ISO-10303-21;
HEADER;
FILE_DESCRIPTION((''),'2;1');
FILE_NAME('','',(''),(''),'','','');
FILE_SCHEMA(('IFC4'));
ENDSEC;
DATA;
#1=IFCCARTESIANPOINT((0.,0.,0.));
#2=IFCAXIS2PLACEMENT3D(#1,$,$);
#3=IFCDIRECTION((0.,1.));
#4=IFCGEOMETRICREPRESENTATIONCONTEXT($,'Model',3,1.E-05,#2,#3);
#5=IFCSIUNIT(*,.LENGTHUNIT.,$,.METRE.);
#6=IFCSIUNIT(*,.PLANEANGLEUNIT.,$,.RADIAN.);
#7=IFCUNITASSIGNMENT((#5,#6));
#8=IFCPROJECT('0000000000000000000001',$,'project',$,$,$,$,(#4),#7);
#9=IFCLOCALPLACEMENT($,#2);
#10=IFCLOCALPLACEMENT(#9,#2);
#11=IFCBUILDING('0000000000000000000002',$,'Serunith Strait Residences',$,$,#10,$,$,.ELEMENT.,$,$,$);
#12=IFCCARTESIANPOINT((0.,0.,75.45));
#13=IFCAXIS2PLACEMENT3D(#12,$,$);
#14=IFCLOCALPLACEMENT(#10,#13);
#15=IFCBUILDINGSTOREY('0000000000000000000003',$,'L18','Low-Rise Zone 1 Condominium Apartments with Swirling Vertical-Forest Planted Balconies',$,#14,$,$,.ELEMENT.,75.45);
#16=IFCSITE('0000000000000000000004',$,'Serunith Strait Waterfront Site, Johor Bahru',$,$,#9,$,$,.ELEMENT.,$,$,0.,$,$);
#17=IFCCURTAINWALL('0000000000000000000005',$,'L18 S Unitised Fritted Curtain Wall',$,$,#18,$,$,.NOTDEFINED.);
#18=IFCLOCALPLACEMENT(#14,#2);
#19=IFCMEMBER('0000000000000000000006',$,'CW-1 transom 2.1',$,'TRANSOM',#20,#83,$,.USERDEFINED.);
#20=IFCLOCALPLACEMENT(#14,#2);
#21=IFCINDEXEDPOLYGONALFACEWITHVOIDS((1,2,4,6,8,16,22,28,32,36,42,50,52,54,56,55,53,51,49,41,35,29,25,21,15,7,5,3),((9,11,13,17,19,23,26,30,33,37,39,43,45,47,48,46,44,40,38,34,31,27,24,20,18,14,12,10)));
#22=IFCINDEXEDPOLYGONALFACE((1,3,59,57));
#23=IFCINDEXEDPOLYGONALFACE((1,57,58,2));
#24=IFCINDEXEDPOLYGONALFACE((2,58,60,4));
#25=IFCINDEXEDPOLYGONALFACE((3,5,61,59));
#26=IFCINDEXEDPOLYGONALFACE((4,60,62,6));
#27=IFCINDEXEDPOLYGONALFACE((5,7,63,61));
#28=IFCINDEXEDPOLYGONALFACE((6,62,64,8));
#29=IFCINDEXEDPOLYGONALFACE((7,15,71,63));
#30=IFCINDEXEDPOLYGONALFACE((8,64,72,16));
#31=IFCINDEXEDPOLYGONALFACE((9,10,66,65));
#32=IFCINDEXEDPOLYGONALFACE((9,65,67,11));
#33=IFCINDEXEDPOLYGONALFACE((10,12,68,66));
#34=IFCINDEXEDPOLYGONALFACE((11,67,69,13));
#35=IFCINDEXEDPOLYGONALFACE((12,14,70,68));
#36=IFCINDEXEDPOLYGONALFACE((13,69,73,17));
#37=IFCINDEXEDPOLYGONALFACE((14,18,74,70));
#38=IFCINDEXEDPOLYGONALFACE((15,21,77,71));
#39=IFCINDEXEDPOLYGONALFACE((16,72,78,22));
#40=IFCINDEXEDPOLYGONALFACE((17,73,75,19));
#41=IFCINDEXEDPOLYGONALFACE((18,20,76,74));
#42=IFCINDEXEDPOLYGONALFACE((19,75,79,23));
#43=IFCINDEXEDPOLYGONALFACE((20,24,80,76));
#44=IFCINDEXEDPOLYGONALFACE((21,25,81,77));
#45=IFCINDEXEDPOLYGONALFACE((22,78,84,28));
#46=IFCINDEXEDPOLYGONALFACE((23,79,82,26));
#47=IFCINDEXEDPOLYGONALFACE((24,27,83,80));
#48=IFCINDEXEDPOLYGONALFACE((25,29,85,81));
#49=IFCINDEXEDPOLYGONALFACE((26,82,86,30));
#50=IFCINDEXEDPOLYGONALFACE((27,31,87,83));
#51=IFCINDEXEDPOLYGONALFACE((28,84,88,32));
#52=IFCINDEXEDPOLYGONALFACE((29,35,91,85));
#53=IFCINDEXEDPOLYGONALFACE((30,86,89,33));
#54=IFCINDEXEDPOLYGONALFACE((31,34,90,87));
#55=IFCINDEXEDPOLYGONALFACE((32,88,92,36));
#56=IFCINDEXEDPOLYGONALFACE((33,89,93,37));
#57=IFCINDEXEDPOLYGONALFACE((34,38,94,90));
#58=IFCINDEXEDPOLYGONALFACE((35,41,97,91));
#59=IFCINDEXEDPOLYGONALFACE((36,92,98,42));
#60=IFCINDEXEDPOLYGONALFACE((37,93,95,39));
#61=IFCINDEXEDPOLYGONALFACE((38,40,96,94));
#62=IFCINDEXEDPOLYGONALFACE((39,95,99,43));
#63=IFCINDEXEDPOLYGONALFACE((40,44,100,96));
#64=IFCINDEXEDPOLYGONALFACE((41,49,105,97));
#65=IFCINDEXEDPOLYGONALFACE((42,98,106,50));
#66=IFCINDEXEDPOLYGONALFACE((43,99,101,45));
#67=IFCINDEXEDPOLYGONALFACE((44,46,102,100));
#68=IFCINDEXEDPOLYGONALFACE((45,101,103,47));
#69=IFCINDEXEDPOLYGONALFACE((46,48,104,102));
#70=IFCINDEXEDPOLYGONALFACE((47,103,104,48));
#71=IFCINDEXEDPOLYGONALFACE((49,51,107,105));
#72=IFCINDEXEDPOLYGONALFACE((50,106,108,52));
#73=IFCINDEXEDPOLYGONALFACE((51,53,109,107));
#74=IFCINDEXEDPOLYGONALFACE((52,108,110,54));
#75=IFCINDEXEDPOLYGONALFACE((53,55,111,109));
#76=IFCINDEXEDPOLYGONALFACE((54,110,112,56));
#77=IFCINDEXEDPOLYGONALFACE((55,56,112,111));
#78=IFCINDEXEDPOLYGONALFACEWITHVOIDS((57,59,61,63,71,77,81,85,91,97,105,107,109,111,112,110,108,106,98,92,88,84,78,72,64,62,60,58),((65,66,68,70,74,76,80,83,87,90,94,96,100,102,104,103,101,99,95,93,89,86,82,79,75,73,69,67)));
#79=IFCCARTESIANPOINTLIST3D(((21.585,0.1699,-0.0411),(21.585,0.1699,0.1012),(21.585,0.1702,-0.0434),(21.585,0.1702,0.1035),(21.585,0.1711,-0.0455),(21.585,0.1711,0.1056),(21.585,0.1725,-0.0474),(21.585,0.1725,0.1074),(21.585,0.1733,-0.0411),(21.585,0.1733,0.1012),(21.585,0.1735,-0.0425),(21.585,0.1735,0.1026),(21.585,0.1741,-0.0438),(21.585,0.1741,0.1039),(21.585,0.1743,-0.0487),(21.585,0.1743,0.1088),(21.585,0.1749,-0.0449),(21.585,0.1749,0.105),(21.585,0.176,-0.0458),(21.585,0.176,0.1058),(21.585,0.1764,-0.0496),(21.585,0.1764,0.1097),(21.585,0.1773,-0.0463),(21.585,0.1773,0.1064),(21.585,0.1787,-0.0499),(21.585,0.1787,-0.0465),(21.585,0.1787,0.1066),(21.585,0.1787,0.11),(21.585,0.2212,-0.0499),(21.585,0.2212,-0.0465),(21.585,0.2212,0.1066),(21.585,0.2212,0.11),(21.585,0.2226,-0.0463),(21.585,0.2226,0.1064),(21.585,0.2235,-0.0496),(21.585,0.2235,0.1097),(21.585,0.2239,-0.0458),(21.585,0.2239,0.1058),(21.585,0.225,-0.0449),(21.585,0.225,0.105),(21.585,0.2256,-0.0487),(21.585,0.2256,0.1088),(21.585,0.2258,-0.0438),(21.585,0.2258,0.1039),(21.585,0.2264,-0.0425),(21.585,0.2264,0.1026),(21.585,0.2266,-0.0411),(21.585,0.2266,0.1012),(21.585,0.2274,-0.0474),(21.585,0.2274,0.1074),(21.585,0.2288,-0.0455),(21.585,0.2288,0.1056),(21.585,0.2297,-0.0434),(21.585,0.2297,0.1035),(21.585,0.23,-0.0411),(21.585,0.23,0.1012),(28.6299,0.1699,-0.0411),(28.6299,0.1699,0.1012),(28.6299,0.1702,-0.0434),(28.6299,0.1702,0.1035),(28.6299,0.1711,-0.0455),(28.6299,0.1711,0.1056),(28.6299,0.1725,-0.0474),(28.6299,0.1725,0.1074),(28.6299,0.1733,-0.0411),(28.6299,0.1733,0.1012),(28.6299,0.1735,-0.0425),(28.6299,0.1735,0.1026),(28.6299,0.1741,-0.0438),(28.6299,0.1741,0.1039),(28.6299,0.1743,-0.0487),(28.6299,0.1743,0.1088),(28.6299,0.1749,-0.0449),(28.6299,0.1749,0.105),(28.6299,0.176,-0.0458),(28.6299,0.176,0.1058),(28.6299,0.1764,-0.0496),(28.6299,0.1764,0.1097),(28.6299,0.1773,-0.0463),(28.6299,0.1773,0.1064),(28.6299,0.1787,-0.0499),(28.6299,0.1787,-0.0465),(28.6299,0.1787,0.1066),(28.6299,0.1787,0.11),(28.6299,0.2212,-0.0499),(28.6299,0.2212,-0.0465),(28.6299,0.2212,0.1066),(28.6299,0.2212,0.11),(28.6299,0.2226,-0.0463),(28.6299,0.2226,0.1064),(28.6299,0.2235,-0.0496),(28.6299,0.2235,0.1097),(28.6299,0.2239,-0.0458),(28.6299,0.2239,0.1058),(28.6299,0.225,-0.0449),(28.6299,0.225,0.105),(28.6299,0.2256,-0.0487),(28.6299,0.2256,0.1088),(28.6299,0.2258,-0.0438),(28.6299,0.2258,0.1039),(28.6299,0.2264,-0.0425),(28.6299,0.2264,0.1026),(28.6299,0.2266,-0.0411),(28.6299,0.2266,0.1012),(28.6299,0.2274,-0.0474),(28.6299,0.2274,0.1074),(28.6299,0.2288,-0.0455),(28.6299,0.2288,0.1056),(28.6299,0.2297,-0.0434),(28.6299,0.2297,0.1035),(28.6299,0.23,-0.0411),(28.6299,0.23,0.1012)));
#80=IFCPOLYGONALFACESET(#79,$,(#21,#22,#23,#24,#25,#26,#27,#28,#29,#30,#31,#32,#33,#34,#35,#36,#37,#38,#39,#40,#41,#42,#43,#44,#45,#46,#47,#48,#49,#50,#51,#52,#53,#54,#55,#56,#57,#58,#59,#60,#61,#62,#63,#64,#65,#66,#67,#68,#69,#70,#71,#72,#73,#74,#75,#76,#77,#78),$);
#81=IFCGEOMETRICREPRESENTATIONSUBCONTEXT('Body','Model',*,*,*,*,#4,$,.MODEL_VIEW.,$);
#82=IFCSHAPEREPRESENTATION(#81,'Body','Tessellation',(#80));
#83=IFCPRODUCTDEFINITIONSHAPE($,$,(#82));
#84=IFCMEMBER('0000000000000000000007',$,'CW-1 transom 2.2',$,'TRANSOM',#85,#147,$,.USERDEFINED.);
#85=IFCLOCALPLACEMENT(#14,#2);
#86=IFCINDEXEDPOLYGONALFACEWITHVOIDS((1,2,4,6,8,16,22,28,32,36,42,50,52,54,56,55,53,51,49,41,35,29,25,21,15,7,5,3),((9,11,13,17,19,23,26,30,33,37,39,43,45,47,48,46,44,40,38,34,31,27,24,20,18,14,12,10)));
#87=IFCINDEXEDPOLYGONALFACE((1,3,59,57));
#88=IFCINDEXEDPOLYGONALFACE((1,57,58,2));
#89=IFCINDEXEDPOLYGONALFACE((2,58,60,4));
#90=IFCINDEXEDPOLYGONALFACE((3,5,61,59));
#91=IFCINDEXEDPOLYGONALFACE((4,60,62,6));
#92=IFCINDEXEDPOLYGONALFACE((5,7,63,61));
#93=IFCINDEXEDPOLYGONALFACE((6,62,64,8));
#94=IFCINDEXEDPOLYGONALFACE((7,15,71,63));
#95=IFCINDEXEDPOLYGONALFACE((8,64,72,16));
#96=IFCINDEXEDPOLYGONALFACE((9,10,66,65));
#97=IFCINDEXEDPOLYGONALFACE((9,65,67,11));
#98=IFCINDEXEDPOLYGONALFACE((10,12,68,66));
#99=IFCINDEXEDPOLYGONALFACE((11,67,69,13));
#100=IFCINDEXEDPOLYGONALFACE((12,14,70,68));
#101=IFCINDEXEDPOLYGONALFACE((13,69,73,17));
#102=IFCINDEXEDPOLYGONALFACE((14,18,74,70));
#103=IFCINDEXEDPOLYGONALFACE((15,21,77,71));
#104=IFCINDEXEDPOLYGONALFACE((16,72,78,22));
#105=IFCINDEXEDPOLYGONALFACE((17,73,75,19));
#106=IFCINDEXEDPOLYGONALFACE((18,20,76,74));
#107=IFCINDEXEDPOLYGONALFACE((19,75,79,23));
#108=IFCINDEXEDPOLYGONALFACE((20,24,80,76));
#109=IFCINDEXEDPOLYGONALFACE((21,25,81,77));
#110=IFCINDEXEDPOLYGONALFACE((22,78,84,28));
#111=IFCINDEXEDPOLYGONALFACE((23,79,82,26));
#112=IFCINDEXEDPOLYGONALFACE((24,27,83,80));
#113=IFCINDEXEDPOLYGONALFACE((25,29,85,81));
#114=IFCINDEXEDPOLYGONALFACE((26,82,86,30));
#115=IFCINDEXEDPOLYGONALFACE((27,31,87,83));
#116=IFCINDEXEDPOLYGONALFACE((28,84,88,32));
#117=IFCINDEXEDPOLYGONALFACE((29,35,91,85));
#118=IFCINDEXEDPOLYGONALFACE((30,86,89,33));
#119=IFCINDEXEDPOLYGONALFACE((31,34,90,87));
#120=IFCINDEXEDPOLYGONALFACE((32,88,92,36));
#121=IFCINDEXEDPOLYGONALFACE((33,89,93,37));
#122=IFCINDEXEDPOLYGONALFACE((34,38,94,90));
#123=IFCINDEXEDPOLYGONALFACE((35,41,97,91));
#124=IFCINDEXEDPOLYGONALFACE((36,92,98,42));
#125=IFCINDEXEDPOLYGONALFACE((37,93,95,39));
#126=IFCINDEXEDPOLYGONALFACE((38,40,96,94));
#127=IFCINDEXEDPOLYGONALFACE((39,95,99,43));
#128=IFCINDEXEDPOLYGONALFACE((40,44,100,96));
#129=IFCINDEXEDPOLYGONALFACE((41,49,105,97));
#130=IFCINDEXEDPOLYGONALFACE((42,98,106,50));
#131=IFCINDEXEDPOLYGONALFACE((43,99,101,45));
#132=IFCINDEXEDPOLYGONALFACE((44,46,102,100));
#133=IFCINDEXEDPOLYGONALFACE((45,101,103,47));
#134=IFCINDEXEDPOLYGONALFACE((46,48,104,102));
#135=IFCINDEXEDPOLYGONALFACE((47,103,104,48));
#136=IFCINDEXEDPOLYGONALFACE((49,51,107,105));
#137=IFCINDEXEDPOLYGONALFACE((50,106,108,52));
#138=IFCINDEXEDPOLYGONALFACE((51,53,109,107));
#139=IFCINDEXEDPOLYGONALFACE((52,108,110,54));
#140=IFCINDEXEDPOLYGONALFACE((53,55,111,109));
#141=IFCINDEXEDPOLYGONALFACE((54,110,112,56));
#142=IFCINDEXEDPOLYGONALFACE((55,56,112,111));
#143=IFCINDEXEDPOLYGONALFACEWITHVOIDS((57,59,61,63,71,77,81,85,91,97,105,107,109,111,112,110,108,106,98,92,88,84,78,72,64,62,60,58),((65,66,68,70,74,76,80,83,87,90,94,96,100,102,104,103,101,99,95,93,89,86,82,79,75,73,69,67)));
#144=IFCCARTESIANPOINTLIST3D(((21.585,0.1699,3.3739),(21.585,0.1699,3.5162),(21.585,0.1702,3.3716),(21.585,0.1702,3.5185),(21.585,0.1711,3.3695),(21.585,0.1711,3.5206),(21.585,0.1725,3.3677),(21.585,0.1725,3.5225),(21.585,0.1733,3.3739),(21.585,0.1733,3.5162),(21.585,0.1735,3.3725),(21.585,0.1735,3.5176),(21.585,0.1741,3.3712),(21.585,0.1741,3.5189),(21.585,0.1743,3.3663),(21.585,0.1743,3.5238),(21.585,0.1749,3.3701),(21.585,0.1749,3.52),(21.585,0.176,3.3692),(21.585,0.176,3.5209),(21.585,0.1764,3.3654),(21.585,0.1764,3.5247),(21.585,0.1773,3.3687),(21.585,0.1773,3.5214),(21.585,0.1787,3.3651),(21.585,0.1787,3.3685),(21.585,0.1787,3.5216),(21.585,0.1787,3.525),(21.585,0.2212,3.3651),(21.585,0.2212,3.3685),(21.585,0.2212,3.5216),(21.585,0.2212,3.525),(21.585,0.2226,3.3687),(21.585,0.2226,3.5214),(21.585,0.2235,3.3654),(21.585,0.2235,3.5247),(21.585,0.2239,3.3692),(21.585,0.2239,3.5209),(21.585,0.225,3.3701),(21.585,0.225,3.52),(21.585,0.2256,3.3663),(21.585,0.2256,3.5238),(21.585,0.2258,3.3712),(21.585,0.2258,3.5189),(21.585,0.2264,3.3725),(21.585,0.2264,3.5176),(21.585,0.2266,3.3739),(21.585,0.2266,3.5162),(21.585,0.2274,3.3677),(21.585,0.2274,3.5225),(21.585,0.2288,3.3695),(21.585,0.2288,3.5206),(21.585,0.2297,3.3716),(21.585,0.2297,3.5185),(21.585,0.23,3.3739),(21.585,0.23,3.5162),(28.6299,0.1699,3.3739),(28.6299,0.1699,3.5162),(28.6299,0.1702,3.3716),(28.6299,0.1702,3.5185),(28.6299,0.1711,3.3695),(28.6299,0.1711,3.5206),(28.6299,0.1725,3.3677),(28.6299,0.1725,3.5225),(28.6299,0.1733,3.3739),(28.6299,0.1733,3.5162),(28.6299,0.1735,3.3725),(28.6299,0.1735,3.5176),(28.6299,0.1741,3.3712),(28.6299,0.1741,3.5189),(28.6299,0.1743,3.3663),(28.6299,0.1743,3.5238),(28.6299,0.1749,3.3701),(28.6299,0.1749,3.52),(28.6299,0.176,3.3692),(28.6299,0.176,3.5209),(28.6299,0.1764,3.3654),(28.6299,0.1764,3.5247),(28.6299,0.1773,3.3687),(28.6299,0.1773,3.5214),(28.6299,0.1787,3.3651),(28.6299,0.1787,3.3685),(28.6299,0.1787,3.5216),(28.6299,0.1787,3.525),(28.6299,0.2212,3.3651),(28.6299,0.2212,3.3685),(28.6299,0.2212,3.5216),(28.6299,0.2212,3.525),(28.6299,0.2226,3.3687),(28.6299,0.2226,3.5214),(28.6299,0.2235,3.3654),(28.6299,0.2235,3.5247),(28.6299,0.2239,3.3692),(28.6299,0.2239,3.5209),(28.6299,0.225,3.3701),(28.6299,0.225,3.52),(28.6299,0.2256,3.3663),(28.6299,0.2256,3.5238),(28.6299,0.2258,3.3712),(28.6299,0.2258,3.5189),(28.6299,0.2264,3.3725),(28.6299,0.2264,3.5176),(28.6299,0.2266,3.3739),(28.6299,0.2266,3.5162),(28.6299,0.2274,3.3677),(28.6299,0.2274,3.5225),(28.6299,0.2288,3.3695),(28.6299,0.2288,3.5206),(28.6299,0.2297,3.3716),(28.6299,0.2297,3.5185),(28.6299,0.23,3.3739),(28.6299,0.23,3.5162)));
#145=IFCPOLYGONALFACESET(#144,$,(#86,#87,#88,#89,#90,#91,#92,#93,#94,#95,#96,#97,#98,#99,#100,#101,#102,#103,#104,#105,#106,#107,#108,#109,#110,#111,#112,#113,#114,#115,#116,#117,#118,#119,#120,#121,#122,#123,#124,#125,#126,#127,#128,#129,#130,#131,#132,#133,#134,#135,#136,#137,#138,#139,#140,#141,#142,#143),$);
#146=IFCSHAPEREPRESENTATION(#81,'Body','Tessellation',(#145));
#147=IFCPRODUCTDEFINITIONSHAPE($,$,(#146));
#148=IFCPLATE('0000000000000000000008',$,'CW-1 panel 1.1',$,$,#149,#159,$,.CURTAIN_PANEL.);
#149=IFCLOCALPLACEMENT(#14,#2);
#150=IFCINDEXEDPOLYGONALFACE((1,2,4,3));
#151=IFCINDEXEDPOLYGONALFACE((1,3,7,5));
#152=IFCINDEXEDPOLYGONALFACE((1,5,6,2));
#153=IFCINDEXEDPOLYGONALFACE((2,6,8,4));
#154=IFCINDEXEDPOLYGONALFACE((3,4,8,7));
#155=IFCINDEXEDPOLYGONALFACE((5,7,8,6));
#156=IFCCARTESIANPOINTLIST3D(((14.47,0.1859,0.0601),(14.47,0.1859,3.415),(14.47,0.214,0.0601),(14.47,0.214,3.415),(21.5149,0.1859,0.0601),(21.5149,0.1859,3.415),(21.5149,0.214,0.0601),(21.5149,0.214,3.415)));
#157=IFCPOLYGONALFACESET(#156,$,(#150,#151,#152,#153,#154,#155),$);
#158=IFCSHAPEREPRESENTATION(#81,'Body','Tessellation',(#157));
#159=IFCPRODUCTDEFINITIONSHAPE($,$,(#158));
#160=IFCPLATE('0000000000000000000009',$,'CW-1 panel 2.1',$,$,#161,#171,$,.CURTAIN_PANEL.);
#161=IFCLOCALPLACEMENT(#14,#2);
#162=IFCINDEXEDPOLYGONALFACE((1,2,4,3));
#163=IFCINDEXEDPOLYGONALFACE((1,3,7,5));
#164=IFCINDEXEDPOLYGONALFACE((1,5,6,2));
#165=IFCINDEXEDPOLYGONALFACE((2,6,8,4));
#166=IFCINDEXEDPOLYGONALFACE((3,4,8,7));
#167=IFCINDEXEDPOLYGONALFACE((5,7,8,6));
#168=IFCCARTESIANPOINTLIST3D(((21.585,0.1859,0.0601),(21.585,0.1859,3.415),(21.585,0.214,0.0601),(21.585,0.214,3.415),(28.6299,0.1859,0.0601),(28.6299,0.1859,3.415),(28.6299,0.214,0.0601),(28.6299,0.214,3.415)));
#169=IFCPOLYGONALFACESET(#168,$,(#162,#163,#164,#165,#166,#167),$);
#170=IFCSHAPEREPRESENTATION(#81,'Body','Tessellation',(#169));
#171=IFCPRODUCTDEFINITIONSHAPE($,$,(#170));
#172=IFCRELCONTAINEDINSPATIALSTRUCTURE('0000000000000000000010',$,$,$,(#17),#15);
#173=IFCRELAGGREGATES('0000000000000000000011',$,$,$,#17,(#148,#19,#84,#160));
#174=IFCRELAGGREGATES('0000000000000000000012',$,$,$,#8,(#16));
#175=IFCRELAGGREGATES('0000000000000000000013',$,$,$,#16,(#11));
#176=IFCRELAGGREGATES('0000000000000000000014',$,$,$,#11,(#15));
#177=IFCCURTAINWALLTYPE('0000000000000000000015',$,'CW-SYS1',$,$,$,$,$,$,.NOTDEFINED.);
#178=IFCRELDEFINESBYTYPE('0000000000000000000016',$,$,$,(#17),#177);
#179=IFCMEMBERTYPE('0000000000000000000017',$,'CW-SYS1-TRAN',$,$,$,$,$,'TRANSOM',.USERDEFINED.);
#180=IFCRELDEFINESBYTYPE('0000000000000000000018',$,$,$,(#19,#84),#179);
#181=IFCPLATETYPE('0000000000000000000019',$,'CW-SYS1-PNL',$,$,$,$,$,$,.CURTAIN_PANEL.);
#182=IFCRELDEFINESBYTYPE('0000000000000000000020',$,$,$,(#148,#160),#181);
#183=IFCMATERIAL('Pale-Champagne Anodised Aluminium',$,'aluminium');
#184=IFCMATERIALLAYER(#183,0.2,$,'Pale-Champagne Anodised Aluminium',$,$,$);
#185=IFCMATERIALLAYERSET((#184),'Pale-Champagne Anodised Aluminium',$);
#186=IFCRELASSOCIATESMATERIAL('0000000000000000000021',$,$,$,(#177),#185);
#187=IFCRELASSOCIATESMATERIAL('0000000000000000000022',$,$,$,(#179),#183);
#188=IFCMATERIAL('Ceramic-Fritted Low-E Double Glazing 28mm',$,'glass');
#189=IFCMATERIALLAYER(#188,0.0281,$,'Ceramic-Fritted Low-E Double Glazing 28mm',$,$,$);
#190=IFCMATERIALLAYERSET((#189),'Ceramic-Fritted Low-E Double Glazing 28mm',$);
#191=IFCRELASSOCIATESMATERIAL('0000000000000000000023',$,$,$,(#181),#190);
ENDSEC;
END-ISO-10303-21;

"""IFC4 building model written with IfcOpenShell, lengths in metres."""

from ifc_helpers import new_model, si_unit, direction, frame, origin, origin_2d, place, context, subcontext, project, spatial, rectangle, hollow_rectangle, extrude, source, transform, mapped, material, layer, layer_set, material_profile, profile_set, type_object, element, aggregate, save


model = new_model("IFC4")

# Units and contexts
model_context = context("Model", 3, precision=1e-05, world=origin(), true_north=direction((0.0, 1.0)))
body_context = subcontext(model_context, "Body", "Model", "MODEL_VIEW")
ifc_project = project(units=[si_unit("LENGTHUNIT", "METRE"), si_unit("PLANEANGLEUNIT", "RADIAN")], contexts=[model_context])

# Site, building, storey
site_placement = place(None, origin())
site = spatial("IfcSite", under=ifc_project, at=site_placement, Name="Serunith Strait Waterfront Site, Johor Bahru", CompositionType="ELEMENT", RefElevation=0.0)
building_placement = place(site_placement, origin())
building = spatial("IfcBuilding", under=site, at=building_placement, Name="Serunith Strait Residences", CompositionType="ELEMENT")
storey_placement = place(building_placement, frame((0.0, 0.0, 75.45)))
storey = spatial("IfcBuildingStorey", under=building, at=storey_placement, Name="L18", Description="Low-Rise Zone 1 Condominium Apartments with Swirling Vertical-Forest Planted Balconies", CompositionType="ELEMENT", Elevation=75.45)

# Curtain wall, members, plates
ifc_material_1 = material(Name="Pale-Champagne Anodised Aluminium", Category="aluminium")
ifc_layer_1 = layer(ifc_material_1, 0.2, Name="Pale-Champagne Anodised Aluminium")
ifc_layer_set_1 = layer_set([ifc_layer_1], Name="Pale-Champagne Anodised Aluminium")
curtain_wall_type = type_object("IfcCurtainWallType", Name="CW-SYS1", PredefinedType="NOTDEFINED", material=ifc_layer_set_1)
curtain_wall_placement = place(storey_placement, origin())
curtain_wall = element("IfcCurtainWall", 1, at=curtain_wall_placement, inside=storey, type_object=curtain_wall_type, Name="L18 S Unitised Fritted Curtain Wall", PredefinedType="NOTDEFINED")
ifc_material_profile_1 = material_profile(ifc_material_1, hollow_rectangle(XDim=0.0601, YDim=0.1599, WallThickness=0.0034, InnerFilletRadius=0.0054, OuterFilletRadius=0.0088, at=origin_2d()), Name="ALU 160x60x3.5")
ifc_profile_set_1 = profile_set([ifc_material_profile_1], Name="Pale-Champagne Anodised Aluminium")
member_type_1 = type_object("IfcMemberType", Name="CW-SYS1-TRAN", ElementType="TRANSOM", PredefinedType="USERDEFINED", material=ifc_profile_set_1)
shared_shape_1 = source(origin(), body_context, "Body", "SweptSolid", [
    extrude(hollow_rectangle(XDim=0.0601, YDim=0.1599, WallThickness=0.0034, InnerFilletRadius=0.0054, OuterFilletRadius=0.0088, at=origin_2d()), origin(), (0.0, 0.0, 1.0), 7.0449),
])
member_1_placement = place(storey_placement, frame((21.585, 0.2, 0.03), z_axis=(1.0, 0.0, 0.0), x_axis=(0.0, 1.0, 0.0)))
member_1 = element("IfcMember", 2, at=member_1_placement, type_object=member_type_1, Name="CW-1 transom 2.1", ObjectType="TRANSOM", PredefinedType="USERDEFINED", context=body_context, shape_type="MappedRepresentation", body=[
    mapped(shared_shape_1, transform((0.0, 0.0, 0.0), scale=1.0)),
])
member_2_placement = place(storey_placement, frame((21.585, 0.2, 3.4451), z_axis=(1.0, 0.0, 0.0), x_axis=(0.0, 1.0, 0.0)))
member_2 = element("IfcMember", 3, at=member_2_placement, type_object=member_type_1, Name="CW-1 transom 2.2", ObjectType="TRANSOM", PredefinedType="USERDEFINED", context=body_context, shape_type="MappedRepresentation", body=[
    mapped(shared_shape_1, transform((0.0, 0.0, 0.0), scale=1.0)),
])
ifc_material_2 = material(Name="Ceramic-Fritted Low-E Double Glazing 28mm", Category="glass")
ifc_layer_2 = layer(ifc_material_2, 0.0281, Name="Ceramic-Fritted Low-E Double Glazing 28mm")
ifc_layer_set_2 = layer_set([ifc_layer_2], Name="Ceramic-Fritted Low-E Double Glazing 28mm")
plate_type = type_object("IfcPlateType", Name="CW-SYS1-PNL", PredefinedType="CURTAIN_PANEL", material=ifc_layer_set_2)
shared_shape_2 = source(origin(), body_context, "Body", "SweptSolid", [
    extrude(rectangle(XDim=7.0449, YDim=0.0281, at=origin_2d()), origin(), (0.0, 0.0, 1.0), 3.355),
])
plate_1_placement = place(storey_placement, frame((17.9924, 0.2, 0.0601), z_axis=(0.0, 0.0, 1.0), x_axis=(1.0, 0.0, 0.0)))
plate_1 = element("IfcPlate", 4, at=plate_1_placement, type_object=plate_type, Name="CW-1 panel 1.1", PredefinedType="CURTAIN_PANEL", context=body_context, shape_type="MappedRepresentation", body=[
    mapped(shared_shape_2, transform((0.0, 0.0, 0.0), scale=1.0)),
])
plate_2_placement = place(storey_placement, frame((25.1074, 0.2, 0.0601), z_axis=(0.0, 0.0, 1.0), x_axis=(1.0, 0.0, 0.0)))
plate_2 = element("IfcPlate", 5, at=plate_2_placement, type_object=plate_type, Name="CW-1 panel 2.1", PredefinedType="CURTAIN_PANEL", context=body_context, shape_type="MappedRepresentation", body=[
    mapped(shared_shape_2, transform((0.0, 0.0, 0.0), scale=1.0)),
])
aggregate(curtain_wall, [plate_1, member_1, member_2, plate_2])

save(model, "model.ifc")
